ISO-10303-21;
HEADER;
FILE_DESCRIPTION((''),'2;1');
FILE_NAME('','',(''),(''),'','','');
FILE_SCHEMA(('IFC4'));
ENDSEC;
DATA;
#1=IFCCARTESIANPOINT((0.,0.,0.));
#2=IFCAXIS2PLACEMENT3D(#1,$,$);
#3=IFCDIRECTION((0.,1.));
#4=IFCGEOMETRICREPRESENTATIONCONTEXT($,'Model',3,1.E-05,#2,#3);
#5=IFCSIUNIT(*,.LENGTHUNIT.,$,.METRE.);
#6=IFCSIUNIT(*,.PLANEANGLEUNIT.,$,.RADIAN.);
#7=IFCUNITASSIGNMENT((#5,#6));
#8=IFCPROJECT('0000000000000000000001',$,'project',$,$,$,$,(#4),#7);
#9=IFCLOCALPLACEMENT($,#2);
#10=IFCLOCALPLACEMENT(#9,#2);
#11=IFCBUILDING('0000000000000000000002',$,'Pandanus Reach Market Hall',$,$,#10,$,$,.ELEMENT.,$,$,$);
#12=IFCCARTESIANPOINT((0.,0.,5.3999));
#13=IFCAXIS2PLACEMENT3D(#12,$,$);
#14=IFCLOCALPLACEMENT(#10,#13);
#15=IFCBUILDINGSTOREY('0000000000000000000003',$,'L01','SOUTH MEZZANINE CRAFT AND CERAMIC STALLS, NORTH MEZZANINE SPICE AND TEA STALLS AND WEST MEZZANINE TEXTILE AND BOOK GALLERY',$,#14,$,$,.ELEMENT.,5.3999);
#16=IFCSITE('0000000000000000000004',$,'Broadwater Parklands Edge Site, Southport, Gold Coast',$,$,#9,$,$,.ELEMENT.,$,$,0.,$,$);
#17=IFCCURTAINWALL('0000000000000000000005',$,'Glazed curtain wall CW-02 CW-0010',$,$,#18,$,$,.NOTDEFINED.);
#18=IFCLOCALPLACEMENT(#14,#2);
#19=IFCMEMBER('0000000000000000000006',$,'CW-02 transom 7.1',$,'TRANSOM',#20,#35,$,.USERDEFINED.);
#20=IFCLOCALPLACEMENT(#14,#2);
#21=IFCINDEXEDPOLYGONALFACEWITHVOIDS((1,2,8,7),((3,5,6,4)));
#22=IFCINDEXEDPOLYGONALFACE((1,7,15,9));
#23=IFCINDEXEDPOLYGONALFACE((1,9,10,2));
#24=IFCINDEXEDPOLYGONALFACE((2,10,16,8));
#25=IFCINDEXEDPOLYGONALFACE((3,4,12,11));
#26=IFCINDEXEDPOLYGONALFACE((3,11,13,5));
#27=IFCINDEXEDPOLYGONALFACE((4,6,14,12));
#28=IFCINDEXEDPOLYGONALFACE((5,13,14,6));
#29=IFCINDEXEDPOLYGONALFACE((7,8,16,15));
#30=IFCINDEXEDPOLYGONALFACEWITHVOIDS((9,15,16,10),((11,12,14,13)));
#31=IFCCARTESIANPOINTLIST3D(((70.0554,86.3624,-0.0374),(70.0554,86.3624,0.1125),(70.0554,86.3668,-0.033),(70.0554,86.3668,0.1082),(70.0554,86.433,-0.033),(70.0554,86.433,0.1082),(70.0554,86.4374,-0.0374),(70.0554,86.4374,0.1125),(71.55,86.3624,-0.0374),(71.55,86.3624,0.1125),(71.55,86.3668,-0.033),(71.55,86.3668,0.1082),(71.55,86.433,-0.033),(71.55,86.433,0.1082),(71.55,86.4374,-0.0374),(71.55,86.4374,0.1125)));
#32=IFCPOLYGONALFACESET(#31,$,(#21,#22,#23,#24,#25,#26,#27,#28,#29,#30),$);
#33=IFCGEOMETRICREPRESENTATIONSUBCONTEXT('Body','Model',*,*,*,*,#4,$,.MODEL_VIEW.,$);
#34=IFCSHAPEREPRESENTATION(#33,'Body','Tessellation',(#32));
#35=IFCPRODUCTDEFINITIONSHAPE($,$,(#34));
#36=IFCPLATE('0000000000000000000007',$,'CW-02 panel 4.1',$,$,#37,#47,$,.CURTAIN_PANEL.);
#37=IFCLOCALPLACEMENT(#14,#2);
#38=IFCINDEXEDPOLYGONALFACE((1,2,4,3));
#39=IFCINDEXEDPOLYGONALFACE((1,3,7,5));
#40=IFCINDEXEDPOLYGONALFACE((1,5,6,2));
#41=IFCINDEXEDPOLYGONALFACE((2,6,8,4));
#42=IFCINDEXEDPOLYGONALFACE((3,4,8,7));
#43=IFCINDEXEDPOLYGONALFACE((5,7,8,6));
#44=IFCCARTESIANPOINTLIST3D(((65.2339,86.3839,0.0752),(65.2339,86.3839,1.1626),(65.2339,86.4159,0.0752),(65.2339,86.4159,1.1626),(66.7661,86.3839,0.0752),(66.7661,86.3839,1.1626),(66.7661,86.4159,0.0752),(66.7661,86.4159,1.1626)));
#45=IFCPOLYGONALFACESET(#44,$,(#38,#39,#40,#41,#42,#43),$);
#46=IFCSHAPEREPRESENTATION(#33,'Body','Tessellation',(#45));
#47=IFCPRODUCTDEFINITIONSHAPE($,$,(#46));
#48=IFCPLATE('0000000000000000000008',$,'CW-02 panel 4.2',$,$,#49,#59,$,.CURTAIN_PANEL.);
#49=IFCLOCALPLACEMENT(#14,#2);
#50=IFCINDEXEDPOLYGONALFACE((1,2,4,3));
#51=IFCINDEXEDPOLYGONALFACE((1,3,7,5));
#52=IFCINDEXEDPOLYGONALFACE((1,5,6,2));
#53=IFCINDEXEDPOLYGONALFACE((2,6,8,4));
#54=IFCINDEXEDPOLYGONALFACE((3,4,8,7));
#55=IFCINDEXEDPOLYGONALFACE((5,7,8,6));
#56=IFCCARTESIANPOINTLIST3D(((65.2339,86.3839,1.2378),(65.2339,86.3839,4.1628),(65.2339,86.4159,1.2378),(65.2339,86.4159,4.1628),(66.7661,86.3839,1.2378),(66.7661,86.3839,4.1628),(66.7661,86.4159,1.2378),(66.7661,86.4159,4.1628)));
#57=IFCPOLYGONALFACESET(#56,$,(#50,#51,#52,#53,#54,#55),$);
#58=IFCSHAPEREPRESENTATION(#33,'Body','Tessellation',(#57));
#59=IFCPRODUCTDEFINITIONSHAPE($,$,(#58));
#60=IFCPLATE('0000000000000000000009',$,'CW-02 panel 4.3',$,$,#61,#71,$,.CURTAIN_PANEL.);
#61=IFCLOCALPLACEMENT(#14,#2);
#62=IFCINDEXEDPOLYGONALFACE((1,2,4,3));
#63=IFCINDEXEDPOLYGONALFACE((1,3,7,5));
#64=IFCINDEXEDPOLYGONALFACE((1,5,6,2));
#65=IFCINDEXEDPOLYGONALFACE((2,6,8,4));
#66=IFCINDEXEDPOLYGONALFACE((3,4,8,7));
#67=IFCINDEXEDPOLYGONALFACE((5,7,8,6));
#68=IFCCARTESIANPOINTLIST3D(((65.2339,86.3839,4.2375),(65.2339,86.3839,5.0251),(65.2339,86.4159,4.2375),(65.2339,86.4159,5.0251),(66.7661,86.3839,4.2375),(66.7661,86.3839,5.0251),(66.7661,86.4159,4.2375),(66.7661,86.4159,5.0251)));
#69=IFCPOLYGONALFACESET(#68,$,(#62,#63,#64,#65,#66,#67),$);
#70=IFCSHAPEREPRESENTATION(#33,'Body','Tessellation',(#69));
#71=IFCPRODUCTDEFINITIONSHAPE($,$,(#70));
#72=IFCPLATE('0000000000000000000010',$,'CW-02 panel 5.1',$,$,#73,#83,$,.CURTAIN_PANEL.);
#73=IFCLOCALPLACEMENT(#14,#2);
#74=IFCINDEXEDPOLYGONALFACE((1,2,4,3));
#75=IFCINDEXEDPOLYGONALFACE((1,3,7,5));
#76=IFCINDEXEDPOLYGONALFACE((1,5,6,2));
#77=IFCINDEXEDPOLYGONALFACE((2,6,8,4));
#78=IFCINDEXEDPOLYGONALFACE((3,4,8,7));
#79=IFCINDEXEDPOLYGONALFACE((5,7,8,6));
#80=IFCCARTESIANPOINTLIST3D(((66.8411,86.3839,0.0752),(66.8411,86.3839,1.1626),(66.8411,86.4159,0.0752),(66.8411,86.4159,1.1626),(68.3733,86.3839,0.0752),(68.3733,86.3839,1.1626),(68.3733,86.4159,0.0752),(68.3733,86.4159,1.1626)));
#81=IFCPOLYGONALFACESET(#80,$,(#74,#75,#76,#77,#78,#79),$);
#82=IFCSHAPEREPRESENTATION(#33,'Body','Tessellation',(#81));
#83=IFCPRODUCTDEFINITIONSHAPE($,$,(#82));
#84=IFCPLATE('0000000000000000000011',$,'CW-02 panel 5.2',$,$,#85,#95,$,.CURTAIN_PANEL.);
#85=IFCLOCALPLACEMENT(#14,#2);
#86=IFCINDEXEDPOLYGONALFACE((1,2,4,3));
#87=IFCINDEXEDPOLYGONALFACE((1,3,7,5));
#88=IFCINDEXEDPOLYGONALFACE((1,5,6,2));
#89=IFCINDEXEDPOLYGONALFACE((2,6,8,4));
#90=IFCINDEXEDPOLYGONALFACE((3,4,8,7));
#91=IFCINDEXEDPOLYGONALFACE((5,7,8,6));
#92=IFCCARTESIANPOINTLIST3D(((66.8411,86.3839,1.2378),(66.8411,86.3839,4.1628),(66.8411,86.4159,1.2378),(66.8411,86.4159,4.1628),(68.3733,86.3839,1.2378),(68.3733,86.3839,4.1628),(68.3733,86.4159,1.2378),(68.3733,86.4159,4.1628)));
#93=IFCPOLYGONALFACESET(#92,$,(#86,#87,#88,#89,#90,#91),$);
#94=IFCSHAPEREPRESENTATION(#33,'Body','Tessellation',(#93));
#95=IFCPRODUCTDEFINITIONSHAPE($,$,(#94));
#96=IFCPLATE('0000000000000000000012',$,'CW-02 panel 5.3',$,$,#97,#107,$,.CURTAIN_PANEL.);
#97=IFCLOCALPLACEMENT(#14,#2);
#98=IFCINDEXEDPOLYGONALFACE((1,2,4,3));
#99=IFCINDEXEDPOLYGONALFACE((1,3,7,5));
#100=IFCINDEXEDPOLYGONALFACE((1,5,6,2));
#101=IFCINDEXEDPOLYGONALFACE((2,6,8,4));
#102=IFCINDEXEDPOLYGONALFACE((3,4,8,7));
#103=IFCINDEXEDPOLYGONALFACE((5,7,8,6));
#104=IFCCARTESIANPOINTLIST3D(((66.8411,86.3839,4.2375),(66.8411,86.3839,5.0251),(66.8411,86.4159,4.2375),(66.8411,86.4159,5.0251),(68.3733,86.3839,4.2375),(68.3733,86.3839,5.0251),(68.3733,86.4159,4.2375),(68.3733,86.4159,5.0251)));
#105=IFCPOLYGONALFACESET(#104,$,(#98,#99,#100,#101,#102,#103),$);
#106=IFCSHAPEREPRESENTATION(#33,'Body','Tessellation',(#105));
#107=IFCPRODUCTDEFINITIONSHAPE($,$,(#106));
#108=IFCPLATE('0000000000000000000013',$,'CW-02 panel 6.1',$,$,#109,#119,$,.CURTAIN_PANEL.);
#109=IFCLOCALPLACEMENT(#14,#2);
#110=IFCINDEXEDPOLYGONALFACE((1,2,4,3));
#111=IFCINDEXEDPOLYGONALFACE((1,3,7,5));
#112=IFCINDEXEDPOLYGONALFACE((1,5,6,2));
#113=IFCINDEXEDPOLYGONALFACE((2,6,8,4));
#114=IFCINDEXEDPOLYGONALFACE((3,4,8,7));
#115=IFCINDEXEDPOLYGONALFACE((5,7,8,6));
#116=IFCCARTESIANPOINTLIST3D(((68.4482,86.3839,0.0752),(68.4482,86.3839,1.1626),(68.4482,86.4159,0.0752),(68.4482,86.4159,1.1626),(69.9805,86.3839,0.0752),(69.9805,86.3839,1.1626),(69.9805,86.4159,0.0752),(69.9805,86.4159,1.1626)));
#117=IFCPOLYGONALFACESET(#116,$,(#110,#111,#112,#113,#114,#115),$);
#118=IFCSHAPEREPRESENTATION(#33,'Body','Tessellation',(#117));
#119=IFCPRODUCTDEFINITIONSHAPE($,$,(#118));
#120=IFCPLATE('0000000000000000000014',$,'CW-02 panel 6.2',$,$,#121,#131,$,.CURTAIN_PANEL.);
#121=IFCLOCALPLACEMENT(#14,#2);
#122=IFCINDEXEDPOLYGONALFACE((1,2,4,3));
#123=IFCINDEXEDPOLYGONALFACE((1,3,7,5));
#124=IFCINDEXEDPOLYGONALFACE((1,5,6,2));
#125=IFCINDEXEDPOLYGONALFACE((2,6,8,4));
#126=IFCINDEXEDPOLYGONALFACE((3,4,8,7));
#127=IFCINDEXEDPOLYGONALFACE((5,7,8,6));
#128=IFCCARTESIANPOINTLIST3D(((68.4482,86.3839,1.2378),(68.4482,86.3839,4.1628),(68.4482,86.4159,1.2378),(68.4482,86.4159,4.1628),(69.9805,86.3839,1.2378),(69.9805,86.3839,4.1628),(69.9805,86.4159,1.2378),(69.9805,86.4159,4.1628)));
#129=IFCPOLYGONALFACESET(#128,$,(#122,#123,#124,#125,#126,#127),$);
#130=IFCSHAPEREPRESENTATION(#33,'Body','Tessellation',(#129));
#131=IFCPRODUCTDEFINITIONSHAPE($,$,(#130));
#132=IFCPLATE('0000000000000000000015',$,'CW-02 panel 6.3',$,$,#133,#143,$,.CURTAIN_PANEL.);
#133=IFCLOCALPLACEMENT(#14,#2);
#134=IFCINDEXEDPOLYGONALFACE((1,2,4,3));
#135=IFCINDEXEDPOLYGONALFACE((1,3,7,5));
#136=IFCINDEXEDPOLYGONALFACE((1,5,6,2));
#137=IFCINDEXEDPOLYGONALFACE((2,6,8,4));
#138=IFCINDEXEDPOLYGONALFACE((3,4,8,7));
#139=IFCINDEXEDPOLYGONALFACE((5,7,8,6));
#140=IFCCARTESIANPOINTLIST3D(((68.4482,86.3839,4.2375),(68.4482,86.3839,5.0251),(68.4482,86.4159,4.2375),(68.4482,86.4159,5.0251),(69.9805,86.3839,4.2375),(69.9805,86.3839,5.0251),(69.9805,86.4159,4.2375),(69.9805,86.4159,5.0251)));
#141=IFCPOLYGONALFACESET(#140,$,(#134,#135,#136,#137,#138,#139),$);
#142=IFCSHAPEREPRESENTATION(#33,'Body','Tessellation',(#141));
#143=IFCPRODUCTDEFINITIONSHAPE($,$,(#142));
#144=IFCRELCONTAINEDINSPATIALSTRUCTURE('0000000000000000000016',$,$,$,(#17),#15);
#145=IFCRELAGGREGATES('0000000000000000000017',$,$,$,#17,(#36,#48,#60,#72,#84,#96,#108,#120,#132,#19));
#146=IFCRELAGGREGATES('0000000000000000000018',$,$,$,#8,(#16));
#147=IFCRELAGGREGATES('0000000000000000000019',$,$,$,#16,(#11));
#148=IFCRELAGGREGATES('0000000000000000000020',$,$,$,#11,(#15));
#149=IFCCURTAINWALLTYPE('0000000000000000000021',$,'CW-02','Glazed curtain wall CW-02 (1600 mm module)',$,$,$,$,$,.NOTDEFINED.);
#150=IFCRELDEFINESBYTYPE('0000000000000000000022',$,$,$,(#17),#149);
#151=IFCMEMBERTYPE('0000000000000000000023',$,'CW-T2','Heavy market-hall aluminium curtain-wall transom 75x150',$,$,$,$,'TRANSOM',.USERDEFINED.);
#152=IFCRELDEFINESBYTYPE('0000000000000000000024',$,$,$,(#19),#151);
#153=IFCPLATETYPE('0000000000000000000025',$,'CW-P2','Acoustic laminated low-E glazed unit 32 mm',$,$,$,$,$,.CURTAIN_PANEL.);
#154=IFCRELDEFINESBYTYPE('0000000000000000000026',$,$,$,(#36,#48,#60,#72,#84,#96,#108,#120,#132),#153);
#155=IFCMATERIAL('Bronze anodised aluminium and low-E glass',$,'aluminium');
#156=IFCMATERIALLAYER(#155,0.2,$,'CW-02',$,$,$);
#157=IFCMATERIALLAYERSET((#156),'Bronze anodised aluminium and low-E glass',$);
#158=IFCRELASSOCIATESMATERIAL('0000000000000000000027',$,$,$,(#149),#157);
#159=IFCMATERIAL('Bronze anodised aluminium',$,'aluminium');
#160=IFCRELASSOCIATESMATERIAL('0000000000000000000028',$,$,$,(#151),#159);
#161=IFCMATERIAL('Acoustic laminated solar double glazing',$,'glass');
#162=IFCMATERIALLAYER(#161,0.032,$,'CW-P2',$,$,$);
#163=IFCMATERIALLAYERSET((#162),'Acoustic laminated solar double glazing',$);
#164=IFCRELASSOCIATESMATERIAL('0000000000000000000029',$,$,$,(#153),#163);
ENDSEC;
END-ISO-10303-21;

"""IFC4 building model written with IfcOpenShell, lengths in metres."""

from ifc_helpers import new_model, si_unit, direction, frame, origin, origin_2d, place, context, subcontext, project, spatial, rectangle, hollow_rectangle, extrude, material, layer, layer_set, material_profile, profile_set, type_object, element, aggregate, save


model = new_model("IFC4")

# Units and contexts
model_context = context("Model", 3, precision=1e-05, world=origin(), true_north=direction((0.0, 1.0)))
body_context = subcontext(model_context, "Body", "Model", "MODEL_VIEW")
ifc_project = project(units=[si_unit("LENGTHUNIT", "METRE"), si_unit("PLANEANGLEUNIT", "RADIAN")], contexts=[model_context])

# Site, building, storey
site_placement = place(None, origin())
site = spatial("IfcSite", under=ifc_project, at=site_placement, Name="Broadwater Parklands Edge Site, Southport, Gold Coast", CompositionType="ELEMENT", RefElevation=0.0)
building_placement = place(site_placement, origin())
building = spatial("IfcBuilding", under=site, at=building_placement, Name="Pandanus Reach Market Hall", CompositionType="ELEMENT")
storey_placement = place(building_placement, frame((0.0, 0.0, 5.3999)))
storey = spatial("IfcBuildingStorey", under=building, at=storey_placement, Name="L01", Description="SOUTH MEZZANINE CRAFT AND CERAMIC STALLS, NORTH MEZZANINE SPICE AND TEA STALLS AND WEST MEZZANINE TEXTILE AND BOOK GALLERY", CompositionType="ELEMENT", Elevation=5.3999)

# Curtain wall, member, plates
ifc_material_1 = material(Name="Bronze anodised aluminium and low-E glass", Category="aluminium")
ifc_layer_1 = layer(ifc_material_1, 0.2, Name="CW-02")
ifc_layer_set_1 = layer_set([ifc_layer_1], Name="Bronze anodised aluminium and low-E glass")
curtain_wall_type = type_object("IfcCurtainWallType", Name="CW-02", Description="Glazed curtain wall CW-02 (1600 mm module)", PredefinedType="NOTDEFINED", material=ifc_layer_set_1)
curtain_wall_placement = place(storey_placement, origin())
curtain_wall = element("IfcCurtainWall", 1, at=curtain_wall_placement, inside=storey, type_object=curtain_wall_type, Name="Glazed curtain wall CW-02 CW-0010", PredefinedType="NOTDEFINED")
ifc_material_2 = material(Name="Bronze anodised aluminium", Category="aluminium")
ifc_material_profile_1 = material_profile(ifc_material_2, hollow_rectangle(XDim=0.075, YDim=0.1499, WallThickness=0.0044, at=origin_2d()), Name="ALU75x150", Category="LoadBearing")
ifc_profile_set_1 = profile_set([ifc_material_profile_1], Name="Bronze anodised aluminium")
member_type_1 = type_object("IfcMemberType", Name="CW-T2", Description="Heavy market-hall aluminium curtain-wall transom 75x150", ElementType="TRANSOM", PredefinedType="USERDEFINED", material=ifc_profile_set_1)
member_1_placement = place(storey_placement, frame((70.0554, 86.3999, 0.0376), z_axis=(1.0, 0.0, 0.0), x_axis=(0.0, 1.0, 0.0)))
member_1 = element("IfcMember", 2, at=member_1_placement, type_object=member_type_1, Name="CW-02 transom 7.1", ObjectType="TRANSOM", PredefinedType="USERDEFINED", context=body_context, shape_type="SweptSolid", body=[
    extrude(hollow_rectangle(XDim=0.075, YDim=0.1499, WallThickness=0.0044, at=origin_2d()), origin(), (0.0, 0.0, 1.0), 1.4946),
])
ifc_material_3 = material(Name="Acoustic laminated solar double glazing", Category="glass")
ifc_layer_2 = layer(ifc_material_3, 0.032, Name="CW-P2")
ifc_layer_set_2 = layer_set([ifc_layer_2], Name="Acoustic laminated solar double glazing")
plate_type = type_object("IfcPlateType", Name="CW-P2", Description="Acoustic laminated low-E glazed unit 32 mm", PredefinedType="CURTAIN_PANEL", material=ifc_layer_set_2)
plate_1_placement = place(storey_placement, frame((66.0, 86.3999, 0.0752), z_axis=(0.0, 0.0, 1.0), x_axis=(1.0, 0.0, 0.0)))
plate_1 = element("IfcPlate", 3, at=plate_1_placement, type_object=plate_type, Name="CW-02 panel 4.1", PredefinedType="CURTAIN_PANEL", context=body_context, shape_type="SweptSolid", body=[
    extrude(rectangle(XDim=1.5322, YDim=0.032, at=origin_2d()), origin(), (0.0, 0.0, 1.0), 1.0874),
])
plate_2_placement = place(storey_placement, frame((66.0, 86.3999, 1.2378), z_axis=(0.0, 0.0, 1.0), x_axis=(1.0, 0.0, 0.0)))
plate_2 = element("IfcPlate", 4, at=plate_2_placement, type_object=plate_type, Name="CW-02 panel 4.2", PredefinedType="CURTAIN_PANEL", context=body_context, shape_type="SweptSolid", body=[
    extrude(rectangle(XDim=1.5322, YDim=0.032, at=origin_2d()), origin(), (0.0, 0.0, 1.0), 2.925),
])
plate_3_placement = place(storey_placement, frame((66.0, 86.3999, 4.2375), z_axis=(0.0, 0.0, 1.0), x_axis=(1.0, 0.0, 0.0)))
plate_3 = element("IfcPlate", 5, at=plate_3_placement, type_object=plate_type, Name="CW-02 panel 4.3", PredefinedType="CURTAIN_PANEL", context=body_context, shape_type="SweptSolid", body=[
    extrude(rectangle(XDim=1.5322, YDim=0.032, at=origin_2d()), origin(), (0.0, 0.0, 1.0), 0.7876),
])
plate_4_placement = place(storey_placement, frame((67.6072, 86.3999, 0.0752), z_axis=(0.0, 0.0, 1.0), x_axis=(1.0, 0.0, 0.0)))
plate_4 = element("IfcPlate", 6, at=plate_4_placement, type_object=plate_type, Name="CW-02 panel 5.1", PredefinedType="CURTAIN_PANEL", context=body_context, shape_type="SweptSolid", body=[
    extrude(rectangle(XDim=1.5322, YDim=0.032, at=origin_2d()), origin(), (0.0, 0.0, 1.0), 1.0874),
])
plate_5_placement = place(storey_placement, frame((67.6072, 86.3999, 1.2378), z_axis=(0.0, 0.0, 1.0), x_axis=(1.0, 0.0, 0.0)))
plate_5 = element("IfcPlate", 7, at=plate_5_placement, type_object=plate_type, Name="CW-02 panel 5.2", PredefinedType="CURTAIN_PANEL", context=body_context, shape_type="SweptSolid", body=[
    extrude(rectangle(XDim=1.5322, YDim=0.032, at=origin_2d()), origin(), (0.0, 0.0, 1.0), 2.925),
])
plate_6_placement = place(storey_placement, frame((67.6072, 86.3999, 4.2375), z_axis=(0.0, 0.0, 1.0), x_axis=(1.0, 0.0, 0.0)))
plate_6 = element("IfcPlate", 8, at=plate_6_placement, type_object=plate_type, Name="CW-02 panel 5.3", PredefinedType="CURTAIN_PANEL", context=body_context, shape_type="SweptSolid", body=[
    extrude(rectangle(XDim=1.5322, YDim=0.032, at=origin_2d()), origin(), (0.0, 0.0, 1.0), 0.7876),
])
plate_7_placement = place(storey_placement, frame((69.2144, 86.3999, 0.0752), z_axis=(0.0, 0.0, 1.0), x_axis=(1.0, 0.0, 0.0)))
plate_7 = element("IfcPlate", 9, at=plate_7_placement, type_object=plate_type, Name="CW-02 panel 6.1", PredefinedType="CURTAIN_PANEL", context=body_context, shape_type="SweptSolid", body=[
    extrude(rectangle(XDim=1.5322, YDim=0.032, at=origin_2d()), origin(), (0.0, 0.0, 1.0), 1.0874),
])
plate_8_placement = place(storey_placement, frame((69.2144, 86.3999, 1.2378), z_axis=(0.0, 0.0, 1.0), x_axis=(1.0, 0.0, 0.0)))
plate_8 = element("IfcPlate", 10, at=plate_8_placement, type_object=plate_type, Name="CW-02 panel 6.2", PredefinedType="CURTAIN_PANEL", context=body_context, shape_type="SweptSolid", body=[
    extrude(rectangle(XDim=1.5322, YDim=0.032, at=origin_2d()), origin(), (0.0, 0.0, 1.0), 2.925),
])
plate_9_placement = place(storey_placement, frame((69.2144, 86.3999, 4.2375), z_axis=(0.0, 0.0, 1.0), x_axis=(1.0, 0.0, 0.0)))
plate_9 = element("IfcPlate", 11, at=plate_9_placement, type_object=plate_type, Name="CW-02 panel 6.3", PredefinedType="CURTAIN_PANEL", context=body_context, shape_type="SweptSolid", body=[
    extrude(rectangle(XDim=1.5322, YDim=0.032, at=origin_2d()), origin(), (0.0, 0.0, 1.0), 0.7876),
])
aggregate(curtain_wall, [plate_1, plate_2, plate_3, plate_4, plate_5, plate_6, plate_7, plate_8, plate_9, member_1])

save(model, "model.ifc")
